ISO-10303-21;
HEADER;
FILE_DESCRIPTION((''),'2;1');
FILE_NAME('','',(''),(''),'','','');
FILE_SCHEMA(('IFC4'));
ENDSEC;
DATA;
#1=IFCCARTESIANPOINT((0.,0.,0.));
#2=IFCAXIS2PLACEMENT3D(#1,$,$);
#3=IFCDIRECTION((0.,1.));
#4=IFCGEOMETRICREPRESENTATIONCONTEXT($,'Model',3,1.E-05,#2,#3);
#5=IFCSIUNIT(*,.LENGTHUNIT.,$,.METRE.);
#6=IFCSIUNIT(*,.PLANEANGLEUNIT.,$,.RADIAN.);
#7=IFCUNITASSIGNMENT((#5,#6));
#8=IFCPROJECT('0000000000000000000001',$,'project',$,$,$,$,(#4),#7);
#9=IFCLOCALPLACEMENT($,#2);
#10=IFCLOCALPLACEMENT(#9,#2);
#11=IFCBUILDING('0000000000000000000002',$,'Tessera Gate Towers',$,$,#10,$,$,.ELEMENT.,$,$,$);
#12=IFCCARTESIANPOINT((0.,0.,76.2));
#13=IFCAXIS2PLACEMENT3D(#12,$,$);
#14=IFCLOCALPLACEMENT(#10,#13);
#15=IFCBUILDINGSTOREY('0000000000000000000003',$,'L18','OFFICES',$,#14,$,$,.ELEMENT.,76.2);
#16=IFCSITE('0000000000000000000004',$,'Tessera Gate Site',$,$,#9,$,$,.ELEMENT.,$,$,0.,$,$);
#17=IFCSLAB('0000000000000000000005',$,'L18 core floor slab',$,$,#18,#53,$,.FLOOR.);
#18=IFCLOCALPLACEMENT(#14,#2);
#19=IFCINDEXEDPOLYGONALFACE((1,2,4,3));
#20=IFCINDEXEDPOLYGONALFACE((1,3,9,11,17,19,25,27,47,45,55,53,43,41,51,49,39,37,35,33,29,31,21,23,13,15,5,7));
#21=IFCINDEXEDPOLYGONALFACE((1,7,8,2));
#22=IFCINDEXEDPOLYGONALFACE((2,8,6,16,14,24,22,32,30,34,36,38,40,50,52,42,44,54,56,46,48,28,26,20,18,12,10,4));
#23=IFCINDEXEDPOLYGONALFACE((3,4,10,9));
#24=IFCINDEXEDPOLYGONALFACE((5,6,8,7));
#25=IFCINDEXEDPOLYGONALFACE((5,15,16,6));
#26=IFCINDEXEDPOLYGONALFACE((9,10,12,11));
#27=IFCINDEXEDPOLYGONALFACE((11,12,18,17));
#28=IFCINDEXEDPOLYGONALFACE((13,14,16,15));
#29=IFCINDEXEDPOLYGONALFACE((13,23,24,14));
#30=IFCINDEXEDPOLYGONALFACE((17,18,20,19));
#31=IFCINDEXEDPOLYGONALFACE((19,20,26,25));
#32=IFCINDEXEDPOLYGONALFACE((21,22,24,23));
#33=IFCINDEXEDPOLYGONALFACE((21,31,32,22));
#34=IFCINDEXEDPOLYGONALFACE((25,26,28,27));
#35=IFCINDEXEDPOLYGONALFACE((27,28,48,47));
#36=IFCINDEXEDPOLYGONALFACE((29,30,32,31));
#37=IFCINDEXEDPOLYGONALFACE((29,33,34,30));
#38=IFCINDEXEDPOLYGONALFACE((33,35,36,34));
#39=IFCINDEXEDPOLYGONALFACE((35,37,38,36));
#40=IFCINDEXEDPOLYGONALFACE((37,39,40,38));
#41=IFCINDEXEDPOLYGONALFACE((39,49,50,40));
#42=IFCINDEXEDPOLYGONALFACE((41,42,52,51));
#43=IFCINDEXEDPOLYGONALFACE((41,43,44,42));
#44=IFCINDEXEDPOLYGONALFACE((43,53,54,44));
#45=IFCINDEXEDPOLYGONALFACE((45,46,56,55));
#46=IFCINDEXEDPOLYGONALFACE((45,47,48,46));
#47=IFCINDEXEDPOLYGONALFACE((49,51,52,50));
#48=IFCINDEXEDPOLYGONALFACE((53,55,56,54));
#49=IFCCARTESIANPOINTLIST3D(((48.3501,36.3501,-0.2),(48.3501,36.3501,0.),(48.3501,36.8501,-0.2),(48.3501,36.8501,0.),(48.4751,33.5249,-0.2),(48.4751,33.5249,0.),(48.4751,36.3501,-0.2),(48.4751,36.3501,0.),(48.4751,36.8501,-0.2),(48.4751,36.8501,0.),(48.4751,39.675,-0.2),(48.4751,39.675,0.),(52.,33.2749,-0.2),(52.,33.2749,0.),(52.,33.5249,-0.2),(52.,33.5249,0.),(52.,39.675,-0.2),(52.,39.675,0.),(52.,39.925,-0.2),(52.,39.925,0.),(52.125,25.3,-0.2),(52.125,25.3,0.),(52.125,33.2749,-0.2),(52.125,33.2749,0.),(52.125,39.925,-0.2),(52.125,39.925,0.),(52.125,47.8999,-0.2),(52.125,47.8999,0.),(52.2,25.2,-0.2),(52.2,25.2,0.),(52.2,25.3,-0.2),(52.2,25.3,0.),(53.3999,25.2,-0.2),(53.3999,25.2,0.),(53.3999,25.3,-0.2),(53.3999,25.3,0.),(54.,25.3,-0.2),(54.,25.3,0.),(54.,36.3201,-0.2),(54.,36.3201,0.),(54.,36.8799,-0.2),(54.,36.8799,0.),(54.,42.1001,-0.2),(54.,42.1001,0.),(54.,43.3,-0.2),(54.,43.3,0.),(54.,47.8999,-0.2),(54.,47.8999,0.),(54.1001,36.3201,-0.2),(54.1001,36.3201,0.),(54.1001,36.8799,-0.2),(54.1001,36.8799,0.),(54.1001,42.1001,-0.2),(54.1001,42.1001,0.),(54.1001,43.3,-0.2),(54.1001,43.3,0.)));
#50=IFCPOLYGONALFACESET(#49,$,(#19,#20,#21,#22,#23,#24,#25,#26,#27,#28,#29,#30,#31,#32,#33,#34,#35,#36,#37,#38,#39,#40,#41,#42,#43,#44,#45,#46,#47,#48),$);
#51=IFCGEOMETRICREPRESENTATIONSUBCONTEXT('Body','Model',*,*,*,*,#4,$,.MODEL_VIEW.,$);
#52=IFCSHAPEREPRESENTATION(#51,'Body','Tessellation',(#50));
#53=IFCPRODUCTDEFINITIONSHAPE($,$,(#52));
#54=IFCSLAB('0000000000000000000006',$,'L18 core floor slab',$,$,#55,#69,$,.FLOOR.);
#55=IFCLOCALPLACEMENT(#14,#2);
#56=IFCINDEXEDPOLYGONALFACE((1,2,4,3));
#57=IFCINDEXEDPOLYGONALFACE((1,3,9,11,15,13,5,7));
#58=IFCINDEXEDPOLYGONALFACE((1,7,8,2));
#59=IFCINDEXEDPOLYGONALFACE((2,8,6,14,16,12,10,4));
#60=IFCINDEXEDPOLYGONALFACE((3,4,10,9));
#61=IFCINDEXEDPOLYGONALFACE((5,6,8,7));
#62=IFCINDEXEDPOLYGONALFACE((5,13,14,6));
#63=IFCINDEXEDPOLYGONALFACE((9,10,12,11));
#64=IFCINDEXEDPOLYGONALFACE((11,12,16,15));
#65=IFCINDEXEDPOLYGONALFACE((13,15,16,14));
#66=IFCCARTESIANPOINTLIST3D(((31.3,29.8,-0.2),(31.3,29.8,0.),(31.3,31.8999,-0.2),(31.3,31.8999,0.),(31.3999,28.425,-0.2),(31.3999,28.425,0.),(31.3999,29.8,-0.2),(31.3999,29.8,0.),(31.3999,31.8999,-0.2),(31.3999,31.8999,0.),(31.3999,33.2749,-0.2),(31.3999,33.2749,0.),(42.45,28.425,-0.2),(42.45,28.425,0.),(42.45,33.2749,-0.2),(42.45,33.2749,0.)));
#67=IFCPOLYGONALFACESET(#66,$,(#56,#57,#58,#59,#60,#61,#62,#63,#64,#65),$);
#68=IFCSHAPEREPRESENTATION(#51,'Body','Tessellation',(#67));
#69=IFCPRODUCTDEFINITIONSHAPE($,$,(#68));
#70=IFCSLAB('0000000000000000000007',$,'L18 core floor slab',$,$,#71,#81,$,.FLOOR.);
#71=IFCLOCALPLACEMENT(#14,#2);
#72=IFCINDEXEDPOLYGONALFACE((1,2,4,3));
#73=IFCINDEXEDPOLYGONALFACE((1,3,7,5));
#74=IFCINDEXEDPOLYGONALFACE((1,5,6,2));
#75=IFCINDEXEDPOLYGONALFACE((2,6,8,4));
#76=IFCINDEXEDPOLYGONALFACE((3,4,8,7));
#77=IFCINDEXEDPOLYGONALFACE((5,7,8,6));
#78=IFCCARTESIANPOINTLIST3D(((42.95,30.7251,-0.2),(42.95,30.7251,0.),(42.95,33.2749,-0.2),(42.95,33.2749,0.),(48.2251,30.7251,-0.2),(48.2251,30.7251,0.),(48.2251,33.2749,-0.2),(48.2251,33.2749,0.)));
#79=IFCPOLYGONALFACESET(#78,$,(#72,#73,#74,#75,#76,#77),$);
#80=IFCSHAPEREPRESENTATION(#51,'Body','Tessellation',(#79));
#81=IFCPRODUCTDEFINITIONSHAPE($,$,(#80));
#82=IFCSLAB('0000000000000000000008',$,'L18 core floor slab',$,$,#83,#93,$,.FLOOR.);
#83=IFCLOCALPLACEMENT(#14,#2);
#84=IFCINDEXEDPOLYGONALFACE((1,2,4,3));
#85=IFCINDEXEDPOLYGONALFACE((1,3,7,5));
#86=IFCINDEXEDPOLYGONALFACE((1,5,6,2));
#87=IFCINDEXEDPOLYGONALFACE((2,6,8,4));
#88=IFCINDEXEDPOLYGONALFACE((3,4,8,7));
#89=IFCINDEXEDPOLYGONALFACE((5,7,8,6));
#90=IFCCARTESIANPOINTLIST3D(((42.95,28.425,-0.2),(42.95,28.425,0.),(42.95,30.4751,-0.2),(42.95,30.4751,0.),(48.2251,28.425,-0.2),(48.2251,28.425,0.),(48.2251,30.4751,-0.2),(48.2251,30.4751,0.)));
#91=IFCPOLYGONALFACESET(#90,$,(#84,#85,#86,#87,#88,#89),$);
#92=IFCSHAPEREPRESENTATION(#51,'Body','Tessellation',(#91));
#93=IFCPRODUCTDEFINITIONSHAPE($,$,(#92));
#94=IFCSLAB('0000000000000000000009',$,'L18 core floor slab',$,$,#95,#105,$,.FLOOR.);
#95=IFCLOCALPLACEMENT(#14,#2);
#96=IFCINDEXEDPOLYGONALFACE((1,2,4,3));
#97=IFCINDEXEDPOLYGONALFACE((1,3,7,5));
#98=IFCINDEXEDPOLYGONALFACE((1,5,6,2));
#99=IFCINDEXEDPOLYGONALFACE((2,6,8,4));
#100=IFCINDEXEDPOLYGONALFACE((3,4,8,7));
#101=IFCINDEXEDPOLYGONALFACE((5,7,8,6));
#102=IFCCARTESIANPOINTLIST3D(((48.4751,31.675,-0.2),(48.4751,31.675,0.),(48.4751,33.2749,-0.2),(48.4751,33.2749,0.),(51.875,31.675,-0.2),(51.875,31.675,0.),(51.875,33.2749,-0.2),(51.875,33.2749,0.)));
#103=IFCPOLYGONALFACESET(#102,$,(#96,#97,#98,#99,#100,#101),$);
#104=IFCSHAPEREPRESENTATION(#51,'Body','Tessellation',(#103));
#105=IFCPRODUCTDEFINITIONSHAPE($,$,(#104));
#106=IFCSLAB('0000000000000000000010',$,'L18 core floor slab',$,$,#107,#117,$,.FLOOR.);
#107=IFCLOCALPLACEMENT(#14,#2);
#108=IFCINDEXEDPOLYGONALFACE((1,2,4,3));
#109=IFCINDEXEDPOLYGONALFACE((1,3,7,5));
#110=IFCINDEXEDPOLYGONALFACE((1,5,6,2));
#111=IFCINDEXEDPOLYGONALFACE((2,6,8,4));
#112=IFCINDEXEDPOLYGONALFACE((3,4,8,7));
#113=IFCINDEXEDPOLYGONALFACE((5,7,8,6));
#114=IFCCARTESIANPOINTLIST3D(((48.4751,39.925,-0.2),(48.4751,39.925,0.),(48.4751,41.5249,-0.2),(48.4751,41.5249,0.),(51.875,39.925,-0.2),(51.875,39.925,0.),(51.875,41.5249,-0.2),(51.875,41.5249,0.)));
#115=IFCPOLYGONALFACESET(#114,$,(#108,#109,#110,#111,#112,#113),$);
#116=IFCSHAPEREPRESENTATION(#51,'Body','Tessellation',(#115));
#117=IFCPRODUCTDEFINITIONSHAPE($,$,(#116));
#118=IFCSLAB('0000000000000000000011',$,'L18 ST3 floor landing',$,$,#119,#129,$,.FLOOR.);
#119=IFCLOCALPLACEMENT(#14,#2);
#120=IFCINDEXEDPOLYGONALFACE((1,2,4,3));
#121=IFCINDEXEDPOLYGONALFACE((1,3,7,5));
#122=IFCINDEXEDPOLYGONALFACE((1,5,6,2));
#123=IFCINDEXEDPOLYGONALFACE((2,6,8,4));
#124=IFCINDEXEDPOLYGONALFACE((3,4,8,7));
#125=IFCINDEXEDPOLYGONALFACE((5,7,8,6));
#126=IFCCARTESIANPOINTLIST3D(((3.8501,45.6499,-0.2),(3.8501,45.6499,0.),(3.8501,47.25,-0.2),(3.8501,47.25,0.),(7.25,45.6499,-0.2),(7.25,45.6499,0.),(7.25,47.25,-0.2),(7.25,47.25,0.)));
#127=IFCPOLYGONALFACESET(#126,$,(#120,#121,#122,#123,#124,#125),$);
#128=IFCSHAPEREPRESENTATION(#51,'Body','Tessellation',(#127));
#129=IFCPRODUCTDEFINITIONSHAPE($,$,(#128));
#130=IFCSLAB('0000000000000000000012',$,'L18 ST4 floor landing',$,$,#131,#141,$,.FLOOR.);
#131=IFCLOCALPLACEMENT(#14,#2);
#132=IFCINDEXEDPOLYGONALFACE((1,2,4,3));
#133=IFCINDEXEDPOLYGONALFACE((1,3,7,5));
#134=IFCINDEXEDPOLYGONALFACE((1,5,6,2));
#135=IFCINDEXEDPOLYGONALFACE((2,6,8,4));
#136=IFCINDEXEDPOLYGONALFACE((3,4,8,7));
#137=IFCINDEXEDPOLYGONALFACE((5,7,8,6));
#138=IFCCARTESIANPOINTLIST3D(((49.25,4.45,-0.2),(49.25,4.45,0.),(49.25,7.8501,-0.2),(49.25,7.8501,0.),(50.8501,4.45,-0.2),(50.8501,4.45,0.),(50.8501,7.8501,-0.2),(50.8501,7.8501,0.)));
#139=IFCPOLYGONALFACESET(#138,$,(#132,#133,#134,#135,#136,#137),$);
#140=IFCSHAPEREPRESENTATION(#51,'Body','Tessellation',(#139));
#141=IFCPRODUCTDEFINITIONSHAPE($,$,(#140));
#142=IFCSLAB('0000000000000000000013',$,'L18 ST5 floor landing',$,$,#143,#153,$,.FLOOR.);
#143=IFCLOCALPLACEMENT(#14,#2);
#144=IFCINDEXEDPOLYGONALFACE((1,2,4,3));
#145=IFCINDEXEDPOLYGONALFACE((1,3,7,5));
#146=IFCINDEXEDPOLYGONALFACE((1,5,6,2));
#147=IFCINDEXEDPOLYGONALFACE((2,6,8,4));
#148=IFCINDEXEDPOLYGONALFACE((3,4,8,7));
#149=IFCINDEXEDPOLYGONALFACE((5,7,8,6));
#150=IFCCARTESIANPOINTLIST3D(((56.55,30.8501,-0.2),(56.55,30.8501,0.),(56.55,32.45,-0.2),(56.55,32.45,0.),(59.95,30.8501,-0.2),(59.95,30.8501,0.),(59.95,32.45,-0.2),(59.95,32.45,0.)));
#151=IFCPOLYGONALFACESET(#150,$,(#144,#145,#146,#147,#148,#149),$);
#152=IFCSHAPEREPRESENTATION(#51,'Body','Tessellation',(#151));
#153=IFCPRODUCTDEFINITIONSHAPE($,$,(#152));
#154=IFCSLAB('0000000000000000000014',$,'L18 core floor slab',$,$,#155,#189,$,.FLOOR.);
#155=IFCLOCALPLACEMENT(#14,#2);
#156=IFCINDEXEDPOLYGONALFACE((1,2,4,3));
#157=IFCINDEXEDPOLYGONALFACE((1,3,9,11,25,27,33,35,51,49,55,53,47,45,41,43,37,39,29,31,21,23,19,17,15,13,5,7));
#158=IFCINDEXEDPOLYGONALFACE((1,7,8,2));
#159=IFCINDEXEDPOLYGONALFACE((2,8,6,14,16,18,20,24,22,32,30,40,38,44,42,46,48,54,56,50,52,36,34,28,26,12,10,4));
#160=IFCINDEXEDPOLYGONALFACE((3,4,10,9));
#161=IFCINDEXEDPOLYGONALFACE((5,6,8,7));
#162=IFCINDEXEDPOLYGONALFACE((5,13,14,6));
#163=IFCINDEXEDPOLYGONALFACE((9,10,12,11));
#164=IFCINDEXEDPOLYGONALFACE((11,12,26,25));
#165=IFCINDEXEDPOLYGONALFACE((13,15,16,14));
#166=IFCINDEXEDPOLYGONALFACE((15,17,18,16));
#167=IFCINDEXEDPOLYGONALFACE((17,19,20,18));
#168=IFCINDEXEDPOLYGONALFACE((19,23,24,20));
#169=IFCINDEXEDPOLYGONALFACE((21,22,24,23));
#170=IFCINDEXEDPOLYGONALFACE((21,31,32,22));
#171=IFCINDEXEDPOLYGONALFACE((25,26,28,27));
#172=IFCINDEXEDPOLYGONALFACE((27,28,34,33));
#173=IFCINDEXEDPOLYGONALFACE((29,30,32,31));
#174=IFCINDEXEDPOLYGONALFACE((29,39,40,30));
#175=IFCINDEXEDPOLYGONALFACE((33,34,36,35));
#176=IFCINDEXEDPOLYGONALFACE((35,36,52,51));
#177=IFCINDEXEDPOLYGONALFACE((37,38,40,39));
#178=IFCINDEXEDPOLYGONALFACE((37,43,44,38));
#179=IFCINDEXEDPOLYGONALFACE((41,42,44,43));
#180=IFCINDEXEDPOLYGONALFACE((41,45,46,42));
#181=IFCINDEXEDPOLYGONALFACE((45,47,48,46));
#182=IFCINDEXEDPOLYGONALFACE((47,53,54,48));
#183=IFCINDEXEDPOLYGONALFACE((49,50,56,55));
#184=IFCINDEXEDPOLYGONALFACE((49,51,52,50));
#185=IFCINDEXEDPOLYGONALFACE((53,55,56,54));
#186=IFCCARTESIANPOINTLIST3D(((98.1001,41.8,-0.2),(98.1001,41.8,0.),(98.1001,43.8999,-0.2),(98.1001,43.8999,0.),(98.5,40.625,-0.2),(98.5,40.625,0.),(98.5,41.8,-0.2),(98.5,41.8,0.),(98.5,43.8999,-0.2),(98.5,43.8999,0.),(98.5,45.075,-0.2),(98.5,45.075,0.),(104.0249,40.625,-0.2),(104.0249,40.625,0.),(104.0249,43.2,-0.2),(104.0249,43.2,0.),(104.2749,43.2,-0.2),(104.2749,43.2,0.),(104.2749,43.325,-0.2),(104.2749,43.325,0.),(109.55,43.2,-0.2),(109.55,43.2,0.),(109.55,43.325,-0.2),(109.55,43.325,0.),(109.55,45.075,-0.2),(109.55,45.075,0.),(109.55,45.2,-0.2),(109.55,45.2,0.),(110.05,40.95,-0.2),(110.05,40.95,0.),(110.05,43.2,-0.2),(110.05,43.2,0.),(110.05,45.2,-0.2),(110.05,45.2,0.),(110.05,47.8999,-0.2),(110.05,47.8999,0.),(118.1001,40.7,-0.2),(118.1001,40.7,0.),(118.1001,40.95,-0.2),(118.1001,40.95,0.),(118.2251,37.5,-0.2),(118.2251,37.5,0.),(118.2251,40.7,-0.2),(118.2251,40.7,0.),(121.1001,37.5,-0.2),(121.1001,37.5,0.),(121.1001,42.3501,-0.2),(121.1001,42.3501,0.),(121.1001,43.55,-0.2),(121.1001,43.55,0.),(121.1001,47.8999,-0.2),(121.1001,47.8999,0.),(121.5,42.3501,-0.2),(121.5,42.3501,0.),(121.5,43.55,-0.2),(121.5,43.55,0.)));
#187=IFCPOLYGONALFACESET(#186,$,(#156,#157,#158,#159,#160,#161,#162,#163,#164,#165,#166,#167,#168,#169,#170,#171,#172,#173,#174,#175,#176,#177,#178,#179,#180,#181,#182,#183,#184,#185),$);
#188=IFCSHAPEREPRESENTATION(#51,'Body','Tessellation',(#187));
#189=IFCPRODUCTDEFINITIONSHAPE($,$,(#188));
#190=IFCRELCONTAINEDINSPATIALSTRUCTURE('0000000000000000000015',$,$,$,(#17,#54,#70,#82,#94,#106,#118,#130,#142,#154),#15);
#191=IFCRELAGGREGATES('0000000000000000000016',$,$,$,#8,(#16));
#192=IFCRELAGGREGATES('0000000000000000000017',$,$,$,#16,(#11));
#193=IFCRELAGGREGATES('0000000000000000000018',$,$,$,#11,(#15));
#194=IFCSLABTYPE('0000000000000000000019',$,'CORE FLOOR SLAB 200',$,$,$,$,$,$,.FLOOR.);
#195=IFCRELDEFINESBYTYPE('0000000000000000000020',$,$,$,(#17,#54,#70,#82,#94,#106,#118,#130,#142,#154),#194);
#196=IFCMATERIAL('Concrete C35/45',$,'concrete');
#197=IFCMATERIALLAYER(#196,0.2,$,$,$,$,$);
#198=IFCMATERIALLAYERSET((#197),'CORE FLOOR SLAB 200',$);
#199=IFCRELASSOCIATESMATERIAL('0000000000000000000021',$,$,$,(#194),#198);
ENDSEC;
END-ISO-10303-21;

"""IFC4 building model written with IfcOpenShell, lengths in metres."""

from ifc_helpers import new_model, si_unit, direction, frame, origin, place, context, subcontext, project, spatial, polyline, outline, extrude, material, layer, layer_set, type_object, element, save


model = new_model("IFC4")

# Units and contexts
model_context = context("Model", 3, precision=1e-05, world=origin(), true_north=direction((0.0, 1.0)))
body_context = subcontext(model_context, "Body", "Model", "MODEL_VIEW")
ifc_project = project(units=[si_unit("LENGTHUNIT", "METRE"), si_unit("PLANEANGLEUNIT", "RADIAN")], contexts=[model_context])

# Site, building, storey
site_placement = place(None, origin())
site = spatial("IfcSite", under=ifc_project, at=site_placement, Name="Tessera Gate Site", CompositionType="ELEMENT", RefElevation=0.0)
building_placement = place(site_placement, origin())
building = spatial("IfcBuilding", under=site, at=building_placement, Name="Tessera Gate Towers", CompositionType="ELEMENT")
storey_placement = place(building_placement, frame((0.0, 0.0, 76.2)))
storey = spatial("IfcBuildingStorey", under=building, at=storey_placement, Name="L18", Description="OFFICES", CompositionType="ELEMENT", Elevation=76.2)

# Slabs
ifc_material_1 = material(Name="Concrete C35/45", Category="concrete")
ifc_layer_1 = layer(ifc_material_1, 0.2)
ifc_layer_set_1 = layer_set([ifc_layer_1], Name="CORE FLOOR SLAB 200")
slab_type_1 = type_object("IfcSlabType", Name="CORE FLOOR SLAB 200", PredefinedType="FLOOR", material=ifc_layer_set_1)
slab_1_placement = place(storey_placement, frame((0.0, 0.0, -0.2)))
element("IfcSlab", 1, at=slab_1_placement, inside=storey, type_object=slab_type_1, Name="L18 core floor slab", PredefinedType="FLOOR", context=body_context, shape_type="SweptSolid", body=[
    extrude(outline(polyline([(52.2, 25.2), (53.3999, 25.2), (53.3999, 25.3), (54.0, 25.3), (54.0, 36.3201), (54.1001, 36.3201), (54.1001, 36.8799), (54.0, 36.8799), (54.0, 42.1001), (54.1001, 42.1001), (54.1001, 43.3), (54.0, 43.3), (54.0, 47.8999), (52.125, 47.8999), (52.125, 39.925), (52.0, 39.925), (52.0, 39.675), (48.4751, 39.675), (48.4751, 36.8501), (48.3501, 36.8501), (48.3501, 36.3501), (48.4751, 36.3501), (48.4751, 33.5249), (52.0, 33.5249), (52.0, 33.2749), (52.125, 33.2749), (52.125, 25.3), (52.2, 25.3), (52.2, 25.2)])), origin(), (0.0, 0.0, 1.0), 0.2),
])
slab_2_placement = place(storey_placement, frame((0.0, 0.0, -0.2)))
element("IfcSlab", 2, at=slab_2_placement, inside=storey, type_object=slab_type_1, Name="L18 core floor slab", PredefinedType="FLOOR", context=body_context, shape_type="SweptSolid", body=[
    extrude(outline(polyline([(31.3999, 29.8), (31.3999, 28.425), (42.45, 28.425), (42.45, 33.2749), (31.3999, 33.2749), (31.3999, 31.8999), (31.3, 31.8999), (31.3, 29.8), (31.3999, 29.8)])), origin(), (0.0, 0.0, 1.0), 0.2),
])
slab_3_placement = place(storey_placement, frame((0.0, 0.0, -0.2)))
element("IfcSlab", 3, at=slab_3_placement, inside=storey, type_object=slab_type_1, Name="L18 core floor slab", PredefinedType="FLOOR", context=body_context, shape_type="SweptSolid", body=[
    extrude(outline(polyline([(42.95, 33.2749), (42.95, 30.7251), (48.2251, 30.7251), (48.2251, 33.2749), (42.95, 33.2749)])), origin(), (0.0, 0.0, 1.0), 0.2),
])
slab_4_placement = place(storey_placement, frame((0.0, 0.0, -0.2)))
element("IfcSlab", 4, at=slab_4_placement, inside=storey, type_object=slab_type_1, Name="L18 core floor slab", PredefinedType="FLOOR", context=body_context, shape_type="SweptSolid", body=[
    extrude(outline(polyline([(42.95, 30.4751), (42.95, 28.425), (48.2251, 28.425), (48.2251, 30.4751), (42.95, 30.4751)])), origin(), (0.0, 0.0, 1.0), 0.2),
])
slab_5_placement = place(storey_placement, frame((0.0, 0.0, -0.2)))
element("IfcSlab", 5, at=slab_5_placement, inside=storey, type_object=slab_type_1, Name="L18 core floor slab", PredefinedType="FLOOR", context=body_context, shape_type="SweptSolid", body=[
    extrude(outline(polyline([(51.875, 31.675), (51.875, 33.2749), (48.4751, 33.2749), (48.4751, 31.675), (51.875, 31.675)])), origin(), (0.0, 0.0, 1.0), 0.2),
])
slab_6_placement = place(storey_placement, frame((0.0, 0.0, -0.2)))
element("IfcSlab", 6, at=slab_6_placement, inside=storey, type_object=slab_type_1, Name="L18 core floor slab", PredefinedType="FLOOR", context=body_context, shape_type="SweptSolid", body=[
    extrude(outline(polyline([(48.4751, 41.5249), (48.4751, 39.925), (51.875, 39.925), (51.875, 41.5249), (48.4751, 41.5249)])), origin(), (0.0, 0.0, 1.0), 0.2),
])
slab_7_placement = place(storey_placement, frame((0.0, 0.0, -0.2)))
element("IfcSlab", 7, at=slab_7_placement, inside=storey, type_object=slab_type_1, Name="L18 ST3 floor landing", PredefinedType="FLOOR", context=body_context, shape_type="SweptSolid", body=[
    extrude(outline(polyline([(3.8501, 47.25), (3.8501, 45.6499), (7.25, 45.6499), (7.25, 47.25), (3.8501, 47.25)])), origin(), (0.0, 0.0, 1.0), 0.2),
])
slab_8_placement = place(storey_placement, frame((0.0, 0.0, -0.2)))
element("IfcSlab", 8, at=slab_8_placement, inside=storey, type_object=slab_type_1, Name="L18 ST4 floor landing", PredefinedType="FLOOR", context=body_context, shape_type="SweptSolid", body=[
    extrude(outline(polyline([(49.25, 4.45), (50.8501, 4.45), (50.8501, 7.8501), (49.25, 7.8501), (49.25, 4.45)])), origin(), (0.0, 0.0, 1.0), 0.2),
])
slab_9_placement = place(storey_placement, frame((0.0, 0.0, -0.2)))
element("IfcSlab", 9, at=slab_9_placement, inside=storey, type_object=slab_type_1, Name="L18 ST5 floor landing", PredefinedType="FLOOR", context=body_context, shape_type="SweptSolid", body=[
    extrude(outline(polyline([(59.95, 30.8501), (59.95, 32.45), (56.55, 32.45), (56.55, 30.8501), (59.95, 30.8501)])), origin(), (0.0, 0.0, 1.0), 0.2),
])
slab_10_placement = place(storey_placement, frame((0.0, 0.0, -0.2)))
element("IfcSlab", 10, at=slab_10_placement, inside=storey, type_object=slab_type_1, Name="L18 core floor slab", PredefinedType="FLOOR", context=body_context, shape_type="SweptSolid", body=[
    extrude(outline(polyline([(109.55, 45.2), (109.55, 45.075), (98.5, 45.075), (98.5, 43.8999), (98.1001, 43.8999), (98.1001, 41.8), (98.5, 41.8), (98.5, 40.625), (104.0249, 40.625), (104.0249, 43.2), (104.2749, 43.2), (104.2749, 43.325), (109.55, 43.325), (109.55, 43.2), (110.05, 43.2), (110.05, 40.95), (118.1001, 40.95), (118.1001, 40.7), (118.2251, 40.7), (118.2251, 37.5), (121.1001, 37.5), (121.1001, 42.3501), (121.5, 42.3501), (121.5, 43.55), (121.1001, 43.55), (121.1001, 47.8999), (110.05, 47.8999), (110.05, 45.2), (109.55, 45.2)])), origin(), (0.0, 0.0, 1.0), 0.2),
])

save(model, "model.ifc")
